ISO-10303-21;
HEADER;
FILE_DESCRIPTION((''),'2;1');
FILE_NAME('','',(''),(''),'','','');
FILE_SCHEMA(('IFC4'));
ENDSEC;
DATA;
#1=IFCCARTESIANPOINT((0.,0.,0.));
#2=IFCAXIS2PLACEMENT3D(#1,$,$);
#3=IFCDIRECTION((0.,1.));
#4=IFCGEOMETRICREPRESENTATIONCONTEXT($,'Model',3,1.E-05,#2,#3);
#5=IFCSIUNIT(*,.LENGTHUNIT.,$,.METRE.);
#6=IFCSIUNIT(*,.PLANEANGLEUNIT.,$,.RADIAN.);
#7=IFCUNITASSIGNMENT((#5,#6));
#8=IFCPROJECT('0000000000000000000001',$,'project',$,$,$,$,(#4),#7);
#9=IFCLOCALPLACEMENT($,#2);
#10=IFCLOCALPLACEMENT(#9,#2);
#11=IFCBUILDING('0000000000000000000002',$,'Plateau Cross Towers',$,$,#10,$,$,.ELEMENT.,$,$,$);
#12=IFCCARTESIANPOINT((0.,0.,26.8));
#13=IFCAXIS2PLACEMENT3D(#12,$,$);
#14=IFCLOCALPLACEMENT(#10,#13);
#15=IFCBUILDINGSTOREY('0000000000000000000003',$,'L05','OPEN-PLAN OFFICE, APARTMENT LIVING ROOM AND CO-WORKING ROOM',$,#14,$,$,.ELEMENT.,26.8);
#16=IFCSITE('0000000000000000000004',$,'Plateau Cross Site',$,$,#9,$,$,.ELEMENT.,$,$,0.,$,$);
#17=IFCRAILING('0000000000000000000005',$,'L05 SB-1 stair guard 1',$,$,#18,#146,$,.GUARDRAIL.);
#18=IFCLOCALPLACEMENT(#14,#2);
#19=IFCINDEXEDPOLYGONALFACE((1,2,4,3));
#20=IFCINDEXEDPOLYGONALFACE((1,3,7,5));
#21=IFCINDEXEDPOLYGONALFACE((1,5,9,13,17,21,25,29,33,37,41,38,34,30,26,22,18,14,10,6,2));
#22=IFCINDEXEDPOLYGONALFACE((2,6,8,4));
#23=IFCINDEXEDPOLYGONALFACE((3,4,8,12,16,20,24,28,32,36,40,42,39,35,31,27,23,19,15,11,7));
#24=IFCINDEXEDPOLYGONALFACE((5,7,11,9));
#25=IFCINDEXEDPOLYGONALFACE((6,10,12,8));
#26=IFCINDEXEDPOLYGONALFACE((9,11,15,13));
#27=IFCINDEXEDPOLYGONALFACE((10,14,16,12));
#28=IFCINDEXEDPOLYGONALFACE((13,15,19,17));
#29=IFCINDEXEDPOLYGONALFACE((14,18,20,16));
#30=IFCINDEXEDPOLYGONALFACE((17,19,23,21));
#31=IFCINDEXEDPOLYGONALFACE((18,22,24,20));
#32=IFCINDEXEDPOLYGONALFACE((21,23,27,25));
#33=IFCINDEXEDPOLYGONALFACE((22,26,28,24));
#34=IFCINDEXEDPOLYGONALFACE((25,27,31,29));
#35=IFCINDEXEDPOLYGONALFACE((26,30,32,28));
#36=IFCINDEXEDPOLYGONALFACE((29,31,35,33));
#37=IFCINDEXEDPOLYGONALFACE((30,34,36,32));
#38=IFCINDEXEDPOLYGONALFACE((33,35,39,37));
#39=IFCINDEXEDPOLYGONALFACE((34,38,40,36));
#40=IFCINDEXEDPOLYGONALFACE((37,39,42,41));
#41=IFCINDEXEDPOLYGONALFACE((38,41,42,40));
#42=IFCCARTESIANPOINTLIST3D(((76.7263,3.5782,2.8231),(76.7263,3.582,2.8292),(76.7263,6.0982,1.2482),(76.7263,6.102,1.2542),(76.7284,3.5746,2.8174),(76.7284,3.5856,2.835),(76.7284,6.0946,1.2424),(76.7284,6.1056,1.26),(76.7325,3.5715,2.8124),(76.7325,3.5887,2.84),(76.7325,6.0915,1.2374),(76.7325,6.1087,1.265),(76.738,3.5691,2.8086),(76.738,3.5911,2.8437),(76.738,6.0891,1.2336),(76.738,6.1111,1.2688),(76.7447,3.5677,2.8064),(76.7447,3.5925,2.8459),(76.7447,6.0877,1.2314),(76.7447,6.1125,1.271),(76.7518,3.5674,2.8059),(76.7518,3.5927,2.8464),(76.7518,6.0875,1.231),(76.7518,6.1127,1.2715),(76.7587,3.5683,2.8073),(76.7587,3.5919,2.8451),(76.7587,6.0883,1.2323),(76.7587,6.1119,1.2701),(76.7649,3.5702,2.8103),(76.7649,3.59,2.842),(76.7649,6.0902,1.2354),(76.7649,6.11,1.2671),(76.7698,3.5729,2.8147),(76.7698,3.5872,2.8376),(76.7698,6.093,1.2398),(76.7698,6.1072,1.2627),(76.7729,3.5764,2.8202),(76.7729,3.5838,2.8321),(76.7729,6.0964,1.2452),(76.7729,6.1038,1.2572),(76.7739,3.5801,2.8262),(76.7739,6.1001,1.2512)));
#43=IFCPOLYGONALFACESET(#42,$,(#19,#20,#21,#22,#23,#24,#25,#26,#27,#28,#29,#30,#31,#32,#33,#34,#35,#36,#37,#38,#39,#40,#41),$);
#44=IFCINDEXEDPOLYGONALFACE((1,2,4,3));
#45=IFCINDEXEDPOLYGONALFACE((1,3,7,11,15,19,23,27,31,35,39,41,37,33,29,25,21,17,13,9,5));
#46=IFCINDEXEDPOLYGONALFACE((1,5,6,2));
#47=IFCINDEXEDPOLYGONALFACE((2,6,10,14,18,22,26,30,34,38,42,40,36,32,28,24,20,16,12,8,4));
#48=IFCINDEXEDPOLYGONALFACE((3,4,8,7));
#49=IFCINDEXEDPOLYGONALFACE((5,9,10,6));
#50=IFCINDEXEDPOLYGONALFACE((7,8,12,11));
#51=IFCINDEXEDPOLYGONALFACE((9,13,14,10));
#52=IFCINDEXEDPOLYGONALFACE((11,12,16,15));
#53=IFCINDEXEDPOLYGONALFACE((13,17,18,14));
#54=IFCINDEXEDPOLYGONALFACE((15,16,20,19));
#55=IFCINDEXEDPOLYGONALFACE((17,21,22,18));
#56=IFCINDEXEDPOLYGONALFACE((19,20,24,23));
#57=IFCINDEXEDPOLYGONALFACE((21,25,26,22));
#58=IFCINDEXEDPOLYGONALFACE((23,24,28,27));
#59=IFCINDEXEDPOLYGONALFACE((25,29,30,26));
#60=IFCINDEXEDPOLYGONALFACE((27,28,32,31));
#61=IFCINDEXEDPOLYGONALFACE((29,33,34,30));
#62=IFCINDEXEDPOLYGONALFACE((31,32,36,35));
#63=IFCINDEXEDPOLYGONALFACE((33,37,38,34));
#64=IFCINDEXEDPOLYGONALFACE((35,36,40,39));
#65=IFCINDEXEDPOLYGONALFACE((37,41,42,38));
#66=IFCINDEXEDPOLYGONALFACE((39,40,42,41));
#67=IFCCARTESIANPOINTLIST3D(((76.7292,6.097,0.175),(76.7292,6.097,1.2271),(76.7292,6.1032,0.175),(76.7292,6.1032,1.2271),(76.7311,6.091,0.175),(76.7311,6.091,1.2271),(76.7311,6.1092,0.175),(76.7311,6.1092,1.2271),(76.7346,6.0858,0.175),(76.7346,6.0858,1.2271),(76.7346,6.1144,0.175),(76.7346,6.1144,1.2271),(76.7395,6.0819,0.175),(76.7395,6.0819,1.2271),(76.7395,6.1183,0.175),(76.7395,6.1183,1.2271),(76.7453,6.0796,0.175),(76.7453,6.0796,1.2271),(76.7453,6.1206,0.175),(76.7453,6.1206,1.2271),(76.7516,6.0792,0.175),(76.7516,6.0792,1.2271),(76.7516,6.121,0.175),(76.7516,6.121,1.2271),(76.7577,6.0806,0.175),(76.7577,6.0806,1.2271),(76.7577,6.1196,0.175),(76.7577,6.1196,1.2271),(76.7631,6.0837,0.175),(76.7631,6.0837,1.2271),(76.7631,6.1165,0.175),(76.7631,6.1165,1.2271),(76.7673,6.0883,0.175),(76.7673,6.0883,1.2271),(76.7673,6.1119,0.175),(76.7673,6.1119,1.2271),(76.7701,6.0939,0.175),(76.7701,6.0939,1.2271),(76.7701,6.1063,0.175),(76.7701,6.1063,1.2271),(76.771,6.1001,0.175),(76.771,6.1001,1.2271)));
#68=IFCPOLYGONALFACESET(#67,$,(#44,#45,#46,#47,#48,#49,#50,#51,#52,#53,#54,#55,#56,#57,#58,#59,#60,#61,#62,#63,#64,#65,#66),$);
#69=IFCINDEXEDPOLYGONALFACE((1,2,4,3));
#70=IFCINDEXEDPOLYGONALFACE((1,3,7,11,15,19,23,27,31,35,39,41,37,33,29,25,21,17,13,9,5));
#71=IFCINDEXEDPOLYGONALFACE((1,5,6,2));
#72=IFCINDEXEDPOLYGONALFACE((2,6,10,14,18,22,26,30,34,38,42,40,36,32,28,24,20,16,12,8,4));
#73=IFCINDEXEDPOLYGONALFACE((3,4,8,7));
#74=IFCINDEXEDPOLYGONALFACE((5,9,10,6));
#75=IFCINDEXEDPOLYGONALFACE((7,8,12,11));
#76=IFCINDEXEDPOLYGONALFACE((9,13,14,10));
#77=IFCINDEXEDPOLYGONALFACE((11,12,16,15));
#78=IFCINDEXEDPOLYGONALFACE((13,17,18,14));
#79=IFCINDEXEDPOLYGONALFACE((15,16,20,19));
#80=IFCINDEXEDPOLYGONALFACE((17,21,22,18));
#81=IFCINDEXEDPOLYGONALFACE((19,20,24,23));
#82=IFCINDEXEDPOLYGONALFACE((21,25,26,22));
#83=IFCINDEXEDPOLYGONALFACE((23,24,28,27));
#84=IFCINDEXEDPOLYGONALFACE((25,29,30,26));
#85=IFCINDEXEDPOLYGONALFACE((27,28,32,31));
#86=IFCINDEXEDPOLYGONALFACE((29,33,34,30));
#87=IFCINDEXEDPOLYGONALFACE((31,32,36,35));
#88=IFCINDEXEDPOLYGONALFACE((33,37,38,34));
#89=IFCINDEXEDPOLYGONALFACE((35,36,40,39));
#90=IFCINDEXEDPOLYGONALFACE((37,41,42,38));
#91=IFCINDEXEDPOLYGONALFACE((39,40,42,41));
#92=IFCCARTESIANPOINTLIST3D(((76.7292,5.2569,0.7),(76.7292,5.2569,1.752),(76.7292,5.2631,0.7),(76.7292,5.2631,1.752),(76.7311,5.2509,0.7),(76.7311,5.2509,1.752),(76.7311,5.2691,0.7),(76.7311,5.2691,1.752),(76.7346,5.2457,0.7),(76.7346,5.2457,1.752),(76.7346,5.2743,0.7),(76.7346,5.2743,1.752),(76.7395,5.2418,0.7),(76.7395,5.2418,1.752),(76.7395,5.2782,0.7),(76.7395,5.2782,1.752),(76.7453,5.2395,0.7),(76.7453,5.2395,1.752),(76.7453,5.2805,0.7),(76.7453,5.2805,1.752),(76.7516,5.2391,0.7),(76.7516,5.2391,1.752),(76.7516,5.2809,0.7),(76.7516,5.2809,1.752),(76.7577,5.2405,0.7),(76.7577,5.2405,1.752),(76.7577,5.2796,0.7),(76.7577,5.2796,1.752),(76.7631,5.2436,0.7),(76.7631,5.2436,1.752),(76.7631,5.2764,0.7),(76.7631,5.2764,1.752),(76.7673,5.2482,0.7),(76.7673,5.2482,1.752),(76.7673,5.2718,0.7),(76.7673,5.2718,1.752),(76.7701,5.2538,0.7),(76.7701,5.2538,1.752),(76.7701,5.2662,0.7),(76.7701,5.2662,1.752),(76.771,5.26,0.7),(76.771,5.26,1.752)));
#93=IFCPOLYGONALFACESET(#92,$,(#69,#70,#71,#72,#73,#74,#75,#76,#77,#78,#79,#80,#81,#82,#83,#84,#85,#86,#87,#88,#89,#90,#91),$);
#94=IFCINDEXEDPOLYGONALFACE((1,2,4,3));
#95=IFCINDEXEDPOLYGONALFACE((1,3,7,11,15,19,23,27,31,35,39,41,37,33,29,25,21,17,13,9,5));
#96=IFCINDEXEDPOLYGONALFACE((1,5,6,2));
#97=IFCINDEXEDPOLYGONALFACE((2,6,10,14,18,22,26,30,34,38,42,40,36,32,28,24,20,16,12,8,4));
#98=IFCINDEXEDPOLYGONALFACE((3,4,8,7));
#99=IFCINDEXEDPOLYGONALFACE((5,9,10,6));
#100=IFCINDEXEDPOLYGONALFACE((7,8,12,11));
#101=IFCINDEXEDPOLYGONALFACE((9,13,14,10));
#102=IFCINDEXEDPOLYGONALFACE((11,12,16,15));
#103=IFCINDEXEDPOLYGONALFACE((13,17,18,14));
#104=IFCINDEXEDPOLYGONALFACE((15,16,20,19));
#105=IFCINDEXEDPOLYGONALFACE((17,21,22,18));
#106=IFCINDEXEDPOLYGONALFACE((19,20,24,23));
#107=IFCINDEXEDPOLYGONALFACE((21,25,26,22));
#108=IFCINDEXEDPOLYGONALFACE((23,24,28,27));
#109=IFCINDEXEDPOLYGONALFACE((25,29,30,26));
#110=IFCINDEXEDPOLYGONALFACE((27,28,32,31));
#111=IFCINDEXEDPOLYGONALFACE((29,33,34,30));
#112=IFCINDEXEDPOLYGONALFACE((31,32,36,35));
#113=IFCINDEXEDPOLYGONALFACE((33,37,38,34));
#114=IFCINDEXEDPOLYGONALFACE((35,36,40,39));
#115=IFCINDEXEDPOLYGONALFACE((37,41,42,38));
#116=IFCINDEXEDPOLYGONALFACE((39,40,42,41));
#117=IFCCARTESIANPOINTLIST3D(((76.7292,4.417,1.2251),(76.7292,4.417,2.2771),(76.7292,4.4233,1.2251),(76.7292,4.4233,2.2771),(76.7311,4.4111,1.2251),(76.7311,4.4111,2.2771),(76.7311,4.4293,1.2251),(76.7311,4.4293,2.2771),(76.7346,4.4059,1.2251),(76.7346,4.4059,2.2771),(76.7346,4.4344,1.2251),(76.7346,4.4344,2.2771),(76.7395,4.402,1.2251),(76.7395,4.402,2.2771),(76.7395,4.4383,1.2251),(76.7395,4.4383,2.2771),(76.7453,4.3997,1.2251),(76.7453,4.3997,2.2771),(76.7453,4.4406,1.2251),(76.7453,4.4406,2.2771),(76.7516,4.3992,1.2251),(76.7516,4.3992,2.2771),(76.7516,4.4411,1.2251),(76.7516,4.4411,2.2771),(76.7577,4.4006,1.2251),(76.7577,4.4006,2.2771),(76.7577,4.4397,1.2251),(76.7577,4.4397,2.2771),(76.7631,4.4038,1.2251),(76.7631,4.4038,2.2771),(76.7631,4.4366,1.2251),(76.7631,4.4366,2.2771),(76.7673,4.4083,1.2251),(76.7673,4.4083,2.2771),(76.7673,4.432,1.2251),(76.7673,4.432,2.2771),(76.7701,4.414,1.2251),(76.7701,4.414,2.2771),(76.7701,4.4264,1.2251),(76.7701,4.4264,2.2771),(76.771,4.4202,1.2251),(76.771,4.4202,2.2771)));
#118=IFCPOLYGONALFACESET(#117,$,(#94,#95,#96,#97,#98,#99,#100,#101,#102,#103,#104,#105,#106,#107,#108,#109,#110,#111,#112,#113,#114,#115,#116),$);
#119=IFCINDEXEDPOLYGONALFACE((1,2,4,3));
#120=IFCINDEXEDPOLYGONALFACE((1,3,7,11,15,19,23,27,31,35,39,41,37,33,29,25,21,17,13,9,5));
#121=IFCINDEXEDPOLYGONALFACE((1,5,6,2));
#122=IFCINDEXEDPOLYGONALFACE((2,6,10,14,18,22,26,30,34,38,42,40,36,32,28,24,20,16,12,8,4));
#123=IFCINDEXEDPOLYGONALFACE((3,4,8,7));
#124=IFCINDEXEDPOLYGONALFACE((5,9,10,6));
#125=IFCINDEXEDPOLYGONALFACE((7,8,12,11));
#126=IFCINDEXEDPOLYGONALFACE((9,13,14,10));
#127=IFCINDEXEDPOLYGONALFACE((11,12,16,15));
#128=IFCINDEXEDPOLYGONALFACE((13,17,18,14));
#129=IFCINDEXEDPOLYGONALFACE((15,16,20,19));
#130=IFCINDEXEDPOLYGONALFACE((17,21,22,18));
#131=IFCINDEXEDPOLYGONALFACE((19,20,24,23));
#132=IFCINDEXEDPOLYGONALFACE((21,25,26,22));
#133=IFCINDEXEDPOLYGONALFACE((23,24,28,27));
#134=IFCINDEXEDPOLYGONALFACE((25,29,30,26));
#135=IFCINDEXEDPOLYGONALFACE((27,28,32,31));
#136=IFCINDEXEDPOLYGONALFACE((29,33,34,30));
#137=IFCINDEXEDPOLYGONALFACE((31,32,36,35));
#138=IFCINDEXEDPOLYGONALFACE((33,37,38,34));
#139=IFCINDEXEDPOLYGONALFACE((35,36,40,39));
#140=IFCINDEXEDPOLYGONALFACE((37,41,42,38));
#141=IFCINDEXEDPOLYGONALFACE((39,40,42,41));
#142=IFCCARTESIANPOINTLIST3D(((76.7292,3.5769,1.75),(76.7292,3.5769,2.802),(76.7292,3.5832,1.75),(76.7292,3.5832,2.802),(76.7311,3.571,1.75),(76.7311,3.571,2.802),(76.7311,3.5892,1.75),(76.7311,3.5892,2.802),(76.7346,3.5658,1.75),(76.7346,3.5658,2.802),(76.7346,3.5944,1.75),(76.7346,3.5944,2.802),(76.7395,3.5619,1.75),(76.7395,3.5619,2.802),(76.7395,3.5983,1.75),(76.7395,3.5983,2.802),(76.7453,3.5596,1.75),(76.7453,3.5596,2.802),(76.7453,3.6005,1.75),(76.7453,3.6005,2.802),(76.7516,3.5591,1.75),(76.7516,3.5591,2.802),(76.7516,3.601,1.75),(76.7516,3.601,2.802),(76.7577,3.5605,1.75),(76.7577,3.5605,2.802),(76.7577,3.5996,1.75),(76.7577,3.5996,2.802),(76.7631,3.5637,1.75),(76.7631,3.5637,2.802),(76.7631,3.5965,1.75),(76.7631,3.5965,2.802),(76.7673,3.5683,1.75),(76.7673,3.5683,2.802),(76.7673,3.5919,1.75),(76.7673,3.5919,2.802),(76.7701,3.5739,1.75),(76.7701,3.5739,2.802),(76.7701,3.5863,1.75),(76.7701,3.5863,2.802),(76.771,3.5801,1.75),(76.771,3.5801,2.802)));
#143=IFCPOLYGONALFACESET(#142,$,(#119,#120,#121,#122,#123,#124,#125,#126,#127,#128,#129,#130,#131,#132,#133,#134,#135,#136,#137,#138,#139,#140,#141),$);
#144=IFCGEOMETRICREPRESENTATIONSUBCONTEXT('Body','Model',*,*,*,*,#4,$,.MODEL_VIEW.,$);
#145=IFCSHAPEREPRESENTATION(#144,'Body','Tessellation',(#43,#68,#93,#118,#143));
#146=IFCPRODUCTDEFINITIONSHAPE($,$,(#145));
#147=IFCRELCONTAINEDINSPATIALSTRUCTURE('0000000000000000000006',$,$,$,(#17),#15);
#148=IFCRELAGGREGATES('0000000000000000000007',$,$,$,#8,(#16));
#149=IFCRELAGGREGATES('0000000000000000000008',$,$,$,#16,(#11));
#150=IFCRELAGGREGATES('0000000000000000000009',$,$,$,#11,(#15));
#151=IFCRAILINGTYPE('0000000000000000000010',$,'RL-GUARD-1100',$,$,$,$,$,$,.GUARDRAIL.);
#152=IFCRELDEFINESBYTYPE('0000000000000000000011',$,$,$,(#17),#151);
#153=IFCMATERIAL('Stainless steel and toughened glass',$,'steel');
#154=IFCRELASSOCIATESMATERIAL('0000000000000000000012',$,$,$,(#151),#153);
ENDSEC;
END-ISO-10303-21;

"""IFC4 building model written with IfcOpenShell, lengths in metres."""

from ifc_helpers import new_model, si_unit, direction, frame, origin, origin_2d, place, context, subcontext, project, spatial, circle, extrude, material, type_object, element, save


model = new_model("IFC4")

# Units and contexts
model_context = context("Model", 3, precision=1e-05, world=origin(), true_north=direction((0.0, 1.0)))
body_context = subcontext(model_context, "Body", "Model", "MODEL_VIEW")
ifc_project = project(units=[si_unit("LENGTHUNIT", "METRE"), si_unit("PLANEANGLEUNIT", "RADIAN")], contexts=[model_context])

# Site, building, storey
site_placement = place(None, origin())
site = spatial("IfcSite", under=ifc_project, at=site_placement, Name="Plateau Cross Site", CompositionType="ELEMENT", RefElevation=0.0)
building_placement = place(site_placement, origin())
building = spatial("IfcBuilding", under=site, at=building_placement, Name="Plateau Cross Towers", CompositionType="ELEMENT")
storey_placement = place(building_placement, frame((0.0, 0.0, 26.8)))
storey = spatial("IfcBuildingStorey", under=building, at=storey_placement, Name="L05", Description="OPEN-PLAN OFFICE, APARTMENT LIVING ROOM AND CO-WORKING ROOM", CompositionType="ELEMENT", Elevation=26.8)

# Railing
ifc_material_1 = material(Name="Stainless steel and toughened glass", Category="steel")
railing_type_1 = type_object("IfcRailingType", Name="RL-GUARD-1100", PredefinedType="GUARDRAIL", material=ifc_material_1)
railing_1_placement = place(storey_placement, frame((76.75, 6.1001, 0.175)))
element("IfcRailing", 1, at=railing_1_placement, inside=storey, type_object=railing_type_1, Name="L05 SB-1 stair guard 1", PredefinedType="GUARDRAIL", context=body_context, shape_type="SweptSolid", body=[
    extrude(circle(Radius=0.0239, at=origin_2d()), frame((0.0, 0.0, 1.0762), z_axis=(0.0, -0.848008, 0.529984), x_axis=(1.0, 0.0, 0.0)), (0.0, 0.0, 1.0), 2.9717),
    extrude(circle(Radius=0.021, at=origin_2d()), origin(), (0.0, 0.0, 1.0), 1.052),
    extrude(circle(Radius=0.021, at=origin_2d()), frame((0.0, -0.8401, 0.5249)), (0.0, 0.0, 1.0), 1.052),
    extrude(circle(Radius=0.021, at=origin_2d()), frame((0.0, -1.6799, 1.05)), (0.0, 0.0, 1.0), 1.052),
    extrude(circle(Radius=0.021, at=origin_2d()), frame((0.0, -2.52, 1.575)), (0.0, 0.0, 1.0), 1.052),
])

save(model, "model.ifc")
